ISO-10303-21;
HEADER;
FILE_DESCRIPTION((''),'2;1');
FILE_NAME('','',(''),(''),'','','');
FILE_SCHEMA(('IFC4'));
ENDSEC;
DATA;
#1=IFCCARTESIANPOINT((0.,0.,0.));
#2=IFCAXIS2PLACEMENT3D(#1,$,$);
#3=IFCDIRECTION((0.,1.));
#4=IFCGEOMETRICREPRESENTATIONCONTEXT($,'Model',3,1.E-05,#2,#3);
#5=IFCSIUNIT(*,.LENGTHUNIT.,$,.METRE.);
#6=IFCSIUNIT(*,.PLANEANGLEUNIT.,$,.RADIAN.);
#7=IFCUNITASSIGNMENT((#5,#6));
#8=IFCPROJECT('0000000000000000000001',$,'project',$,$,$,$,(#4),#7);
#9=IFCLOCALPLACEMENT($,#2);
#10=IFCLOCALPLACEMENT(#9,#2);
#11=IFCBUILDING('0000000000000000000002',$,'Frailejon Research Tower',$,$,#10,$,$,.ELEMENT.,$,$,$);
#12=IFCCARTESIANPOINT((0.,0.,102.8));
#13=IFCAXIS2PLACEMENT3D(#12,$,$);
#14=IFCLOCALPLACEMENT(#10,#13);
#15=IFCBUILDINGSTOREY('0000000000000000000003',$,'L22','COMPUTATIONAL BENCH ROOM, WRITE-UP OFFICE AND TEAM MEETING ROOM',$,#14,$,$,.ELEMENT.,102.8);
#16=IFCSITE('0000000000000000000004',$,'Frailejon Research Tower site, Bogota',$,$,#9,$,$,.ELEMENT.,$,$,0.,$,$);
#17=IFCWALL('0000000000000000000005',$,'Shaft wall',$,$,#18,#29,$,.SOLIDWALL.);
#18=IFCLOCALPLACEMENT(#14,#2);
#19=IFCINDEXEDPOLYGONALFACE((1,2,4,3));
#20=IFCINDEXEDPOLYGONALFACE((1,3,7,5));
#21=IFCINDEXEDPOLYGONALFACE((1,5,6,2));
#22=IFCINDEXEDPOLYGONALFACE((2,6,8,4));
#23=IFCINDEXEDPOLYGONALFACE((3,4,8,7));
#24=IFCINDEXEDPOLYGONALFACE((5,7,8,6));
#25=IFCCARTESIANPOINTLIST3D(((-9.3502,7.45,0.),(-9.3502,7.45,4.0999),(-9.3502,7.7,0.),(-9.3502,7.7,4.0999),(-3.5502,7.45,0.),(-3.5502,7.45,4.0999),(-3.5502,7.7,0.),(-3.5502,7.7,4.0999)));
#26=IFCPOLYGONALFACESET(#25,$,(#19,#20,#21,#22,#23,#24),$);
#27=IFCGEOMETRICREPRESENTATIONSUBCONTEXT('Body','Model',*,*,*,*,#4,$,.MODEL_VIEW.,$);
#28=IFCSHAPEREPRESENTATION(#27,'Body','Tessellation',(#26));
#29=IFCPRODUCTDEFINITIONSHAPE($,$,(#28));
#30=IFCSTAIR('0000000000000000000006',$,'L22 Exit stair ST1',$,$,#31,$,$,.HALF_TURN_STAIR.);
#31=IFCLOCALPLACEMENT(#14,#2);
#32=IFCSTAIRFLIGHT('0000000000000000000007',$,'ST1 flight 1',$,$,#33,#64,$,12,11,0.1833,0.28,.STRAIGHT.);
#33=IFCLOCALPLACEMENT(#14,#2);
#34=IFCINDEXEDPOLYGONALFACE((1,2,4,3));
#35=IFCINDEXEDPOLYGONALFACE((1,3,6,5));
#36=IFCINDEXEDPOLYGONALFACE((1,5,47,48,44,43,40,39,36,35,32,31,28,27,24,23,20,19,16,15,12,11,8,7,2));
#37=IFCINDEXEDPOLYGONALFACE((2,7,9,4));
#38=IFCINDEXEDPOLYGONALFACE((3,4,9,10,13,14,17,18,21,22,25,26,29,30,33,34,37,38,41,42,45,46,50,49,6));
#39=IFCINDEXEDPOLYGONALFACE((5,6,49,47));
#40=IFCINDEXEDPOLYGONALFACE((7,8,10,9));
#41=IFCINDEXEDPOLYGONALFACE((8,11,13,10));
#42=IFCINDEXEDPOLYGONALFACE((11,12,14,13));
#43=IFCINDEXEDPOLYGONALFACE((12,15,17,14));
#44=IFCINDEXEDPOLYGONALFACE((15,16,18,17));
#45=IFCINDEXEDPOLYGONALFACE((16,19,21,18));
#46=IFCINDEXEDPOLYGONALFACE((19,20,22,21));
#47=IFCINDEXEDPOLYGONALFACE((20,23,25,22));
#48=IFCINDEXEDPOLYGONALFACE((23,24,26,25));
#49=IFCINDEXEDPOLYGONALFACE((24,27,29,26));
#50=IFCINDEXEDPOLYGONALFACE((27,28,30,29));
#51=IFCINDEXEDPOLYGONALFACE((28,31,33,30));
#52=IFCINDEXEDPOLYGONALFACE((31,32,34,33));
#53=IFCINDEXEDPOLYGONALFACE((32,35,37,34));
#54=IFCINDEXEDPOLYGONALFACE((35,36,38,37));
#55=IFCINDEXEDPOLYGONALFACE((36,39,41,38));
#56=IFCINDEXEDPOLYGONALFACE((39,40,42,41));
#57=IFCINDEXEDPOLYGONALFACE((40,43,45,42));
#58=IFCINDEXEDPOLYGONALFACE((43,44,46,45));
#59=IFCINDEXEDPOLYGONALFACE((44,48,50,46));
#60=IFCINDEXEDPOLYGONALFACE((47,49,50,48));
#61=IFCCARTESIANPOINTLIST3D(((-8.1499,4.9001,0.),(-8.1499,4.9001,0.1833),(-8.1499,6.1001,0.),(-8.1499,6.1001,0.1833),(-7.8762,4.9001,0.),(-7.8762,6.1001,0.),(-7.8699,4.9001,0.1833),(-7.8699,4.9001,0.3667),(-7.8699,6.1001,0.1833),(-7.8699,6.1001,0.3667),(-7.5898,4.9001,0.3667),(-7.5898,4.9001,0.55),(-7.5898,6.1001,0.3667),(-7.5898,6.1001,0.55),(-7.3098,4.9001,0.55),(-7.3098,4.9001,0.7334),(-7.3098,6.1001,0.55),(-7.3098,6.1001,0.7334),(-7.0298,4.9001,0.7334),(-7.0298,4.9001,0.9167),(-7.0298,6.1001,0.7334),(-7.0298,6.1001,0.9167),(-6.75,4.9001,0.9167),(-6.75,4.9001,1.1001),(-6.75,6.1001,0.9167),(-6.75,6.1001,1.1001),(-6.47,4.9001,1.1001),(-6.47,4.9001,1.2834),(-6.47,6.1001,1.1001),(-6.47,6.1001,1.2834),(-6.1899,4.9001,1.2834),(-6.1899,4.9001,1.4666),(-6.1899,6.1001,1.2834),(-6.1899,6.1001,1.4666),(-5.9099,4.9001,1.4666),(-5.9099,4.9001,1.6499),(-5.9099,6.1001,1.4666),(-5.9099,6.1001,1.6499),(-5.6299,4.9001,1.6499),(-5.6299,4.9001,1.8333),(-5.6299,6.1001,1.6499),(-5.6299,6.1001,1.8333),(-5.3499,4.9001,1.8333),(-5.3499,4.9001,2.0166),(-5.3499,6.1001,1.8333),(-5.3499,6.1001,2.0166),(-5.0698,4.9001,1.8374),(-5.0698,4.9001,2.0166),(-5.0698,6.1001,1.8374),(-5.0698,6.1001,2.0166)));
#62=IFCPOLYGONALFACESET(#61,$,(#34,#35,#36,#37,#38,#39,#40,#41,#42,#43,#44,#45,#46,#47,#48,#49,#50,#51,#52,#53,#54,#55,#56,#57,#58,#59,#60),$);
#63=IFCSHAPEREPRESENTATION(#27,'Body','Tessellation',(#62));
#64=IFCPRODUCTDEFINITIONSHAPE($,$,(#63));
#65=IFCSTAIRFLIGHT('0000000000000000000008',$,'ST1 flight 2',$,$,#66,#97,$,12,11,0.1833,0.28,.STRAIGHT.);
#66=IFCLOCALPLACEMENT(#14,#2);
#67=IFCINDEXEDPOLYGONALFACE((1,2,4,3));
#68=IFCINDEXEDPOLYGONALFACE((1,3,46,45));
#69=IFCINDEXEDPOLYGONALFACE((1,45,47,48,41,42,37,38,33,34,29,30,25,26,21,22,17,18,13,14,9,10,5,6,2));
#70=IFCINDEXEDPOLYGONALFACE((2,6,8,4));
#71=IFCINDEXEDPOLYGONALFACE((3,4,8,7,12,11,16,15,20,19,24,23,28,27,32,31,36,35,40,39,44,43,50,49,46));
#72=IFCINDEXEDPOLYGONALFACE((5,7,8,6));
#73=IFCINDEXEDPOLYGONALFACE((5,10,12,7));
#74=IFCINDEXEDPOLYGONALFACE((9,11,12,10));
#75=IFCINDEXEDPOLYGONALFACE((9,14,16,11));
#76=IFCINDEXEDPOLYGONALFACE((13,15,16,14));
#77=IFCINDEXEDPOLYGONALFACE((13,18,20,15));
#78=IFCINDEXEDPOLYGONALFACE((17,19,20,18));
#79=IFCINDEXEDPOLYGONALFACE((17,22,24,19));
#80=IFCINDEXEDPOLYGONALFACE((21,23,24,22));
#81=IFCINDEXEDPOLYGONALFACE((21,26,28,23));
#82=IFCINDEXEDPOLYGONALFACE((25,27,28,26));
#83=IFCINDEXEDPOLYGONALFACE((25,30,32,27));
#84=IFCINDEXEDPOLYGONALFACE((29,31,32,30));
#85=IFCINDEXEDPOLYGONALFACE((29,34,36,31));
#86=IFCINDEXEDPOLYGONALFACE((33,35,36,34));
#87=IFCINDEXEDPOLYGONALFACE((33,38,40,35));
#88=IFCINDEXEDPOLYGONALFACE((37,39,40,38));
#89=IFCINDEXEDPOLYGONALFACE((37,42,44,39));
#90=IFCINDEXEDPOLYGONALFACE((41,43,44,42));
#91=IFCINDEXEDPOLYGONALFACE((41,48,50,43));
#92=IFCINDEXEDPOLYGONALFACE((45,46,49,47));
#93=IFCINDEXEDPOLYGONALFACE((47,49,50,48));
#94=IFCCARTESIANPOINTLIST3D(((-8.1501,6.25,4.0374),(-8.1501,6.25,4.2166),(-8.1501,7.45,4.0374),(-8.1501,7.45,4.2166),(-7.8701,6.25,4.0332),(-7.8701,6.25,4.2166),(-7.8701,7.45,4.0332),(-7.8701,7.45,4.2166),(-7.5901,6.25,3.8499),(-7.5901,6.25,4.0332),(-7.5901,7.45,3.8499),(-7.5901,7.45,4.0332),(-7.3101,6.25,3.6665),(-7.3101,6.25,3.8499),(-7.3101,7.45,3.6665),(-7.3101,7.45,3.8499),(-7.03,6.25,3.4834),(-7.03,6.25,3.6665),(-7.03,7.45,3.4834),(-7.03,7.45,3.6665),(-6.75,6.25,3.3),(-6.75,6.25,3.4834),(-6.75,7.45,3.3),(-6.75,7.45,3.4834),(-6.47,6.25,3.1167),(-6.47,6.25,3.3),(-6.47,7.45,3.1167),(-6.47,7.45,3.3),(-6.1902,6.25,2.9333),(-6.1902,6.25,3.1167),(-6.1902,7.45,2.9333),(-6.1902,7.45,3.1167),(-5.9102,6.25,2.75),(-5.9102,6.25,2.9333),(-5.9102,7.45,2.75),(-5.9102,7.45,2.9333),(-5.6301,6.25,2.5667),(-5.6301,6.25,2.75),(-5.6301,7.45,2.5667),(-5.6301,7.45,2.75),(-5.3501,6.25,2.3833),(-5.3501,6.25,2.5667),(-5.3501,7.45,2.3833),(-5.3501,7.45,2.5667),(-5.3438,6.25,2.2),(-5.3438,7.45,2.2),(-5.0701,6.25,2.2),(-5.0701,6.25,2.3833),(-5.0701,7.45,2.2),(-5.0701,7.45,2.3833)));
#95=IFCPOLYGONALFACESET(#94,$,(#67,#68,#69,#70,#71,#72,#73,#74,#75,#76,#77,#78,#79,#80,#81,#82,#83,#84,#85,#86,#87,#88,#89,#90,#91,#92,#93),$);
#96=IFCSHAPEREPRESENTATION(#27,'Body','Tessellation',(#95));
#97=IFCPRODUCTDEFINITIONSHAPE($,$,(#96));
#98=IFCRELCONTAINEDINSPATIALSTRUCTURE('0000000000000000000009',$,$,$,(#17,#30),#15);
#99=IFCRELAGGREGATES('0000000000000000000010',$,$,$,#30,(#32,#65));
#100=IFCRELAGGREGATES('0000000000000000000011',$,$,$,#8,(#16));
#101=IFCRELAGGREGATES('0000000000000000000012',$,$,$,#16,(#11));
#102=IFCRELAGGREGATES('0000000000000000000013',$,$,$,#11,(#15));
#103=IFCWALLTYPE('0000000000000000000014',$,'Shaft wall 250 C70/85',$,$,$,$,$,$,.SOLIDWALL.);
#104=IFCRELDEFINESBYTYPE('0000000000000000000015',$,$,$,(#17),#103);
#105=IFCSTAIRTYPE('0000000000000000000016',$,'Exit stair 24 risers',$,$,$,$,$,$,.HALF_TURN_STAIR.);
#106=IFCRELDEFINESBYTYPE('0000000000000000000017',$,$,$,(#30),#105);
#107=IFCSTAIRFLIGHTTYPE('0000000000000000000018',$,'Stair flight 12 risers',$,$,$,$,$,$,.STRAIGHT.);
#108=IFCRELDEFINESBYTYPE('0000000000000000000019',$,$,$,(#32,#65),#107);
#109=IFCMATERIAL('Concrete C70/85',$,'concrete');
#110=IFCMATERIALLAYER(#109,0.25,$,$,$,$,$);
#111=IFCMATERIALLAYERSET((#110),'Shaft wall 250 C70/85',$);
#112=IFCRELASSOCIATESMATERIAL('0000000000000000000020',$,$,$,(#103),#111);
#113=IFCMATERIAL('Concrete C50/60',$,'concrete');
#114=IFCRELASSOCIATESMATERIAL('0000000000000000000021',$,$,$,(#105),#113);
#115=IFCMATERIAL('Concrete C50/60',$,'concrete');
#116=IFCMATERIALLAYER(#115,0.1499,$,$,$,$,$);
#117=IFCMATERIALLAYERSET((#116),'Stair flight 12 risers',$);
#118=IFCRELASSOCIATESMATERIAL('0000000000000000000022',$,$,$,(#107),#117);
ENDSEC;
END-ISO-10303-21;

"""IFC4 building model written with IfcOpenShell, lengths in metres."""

from ifc_helpers import new_model, si_unit, direction, frame, frame_2d, origin, place, context, subcontext, project, spatial, polyline, rectangle, outline, extrude, material, layer, layer_set, type_object, element, aggregate, save


model = new_model("IFC4")

# Units and contexts
model_context = context("Model", 3, precision=1e-05, world=origin(), true_north=direction((0.0, 1.0)))
body_context = subcontext(model_context, "Body", "Model", "MODEL_VIEW")
ifc_project = project(units=[si_unit("LENGTHUNIT", "METRE"), si_unit("PLANEANGLEUNIT", "RADIAN")], contexts=[model_context])

# Site, building, storey
site_placement = place(None, origin())
site = spatial("IfcSite", under=ifc_project, at=site_placement, Name="Frailejon Research Tower site, Bogota", CompositionType="ELEMENT", RefElevation=0.0)
building_placement = place(site_placement, origin())
building = spatial("IfcBuilding", under=site, at=building_placement, Name="Frailejon Research Tower", CompositionType="ELEMENT")
storey_placement = place(building_placement, frame((0.0, 0.0, 102.8)))
storey = spatial("IfcBuildingStorey", under=building, at=storey_placement, Name="L22", Description="COMPUTATIONAL BENCH ROOM, WRITE-UP OFFICE AND TEAM MEETING ROOM", CompositionType="ELEMENT", Elevation=102.8)

# Wall
ifc_material_1 = material(Name="Concrete C70/85", Category="concrete")
ifc_layer_1 = layer(ifc_material_1, 0.25)
ifc_layer_set_1 = layer_set([ifc_layer_1], Name="Shaft wall 250 C70/85")
wall_type_1 = type_object("IfcWallType", Name="Shaft wall 250 C70/85", PredefinedType="SOLIDWALL", material=ifc_layer_set_1)
wall_1_placement = place(storey_placement, frame((-9.3501, 7.575, 0.0), z_axis=(0.0, 0.0, 1.0), x_axis=(1.0, 0.0, 0.0)))
element("IfcWall", 1, at=wall_1_placement, inside=storey, type_object=wall_type_1, Name="Shaft wall", PredefinedType="SOLIDWALL", context=body_context, shape_type="SweptSolid", body=[
    extrude(rectangle(XDim=5.8, YDim=0.25, at=frame_2d((2.8999, 0.0))), origin(), (0.0, 0.0, 1.0), 4.0999),
])

# Stair, stair flights
ifc_material_2 = material(Name="Concrete C50/60", Category="concrete")
stair_type = type_object("IfcStairType", Name="Exit stair 24 risers", PredefinedType="HALF_TURN_STAIR", material=ifc_material_2)
stair_placement = place(storey_placement, origin())
stair = element("IfcStair", 2, at=stair_placement, inside=storey, type_object=stair_type, Name="L22 Exit stair ST1", PredefinedType="HALF_TURN_STAIR")
ifc_material_3 = material(Name="Concrete C50/60", Category="concrete")
ifc_layer_2 = layer(ifc_material_3, 0.1499)
ifc_layer_set_2 = layer_set([ifc_layer_2], Name="Stair flight 12 risers")
stair_flight_type = type_object("IfcStairFlightType", Name="Stair flight 12 risers", PredefinedType="STRAIGHT", material=ifc_layer_set_2)
stair_flight_1_placement = place(storey_placement, frame((-8.1499, 5.5, 0.0), z_axis=(0.0, 0.0, 1.0), x_axis=(1.0, 0.0, 0.0)))
stair_flight_1 = element("IfcStairFlight", 3, at=stair_flight_1_placement, type_object=stair_flight_type, Name="ST1 flight 1", NumberOfRisers=12, NumberOfTreads=11, PredefinedType="STRAIGHT", RiserHeight=0.1833, TreadLength=0.28, context=body_context, shape_type="SweptSolid", body=[
    extrude(outline(polyline([(0.0, 0.0), (0.0, 0.1833), (0.28, 0.1833), (0.28, 0.3667), (0.5601, 0.3667), (0.5601, 0.55), (0.8401, 0.55), (0.8401, 0.7334), (1.1201, 0.7334), (1.1201, 0.9167), (1.3999, 0.9167), (1.3999, 1.1001), (1.6799, 1.1001), (1.6799, 1.2834), (1.96, 1.2834), (1.96, 1.4666), (2.24, 1.4666), (2.24, 1.6499), (2.52, 1.6499), (2.52, 1.8333), (2.8, 1.8333), (2.8, 2.0166), (3.0801, 2.0166), (3.0801, 2.2), (3.0801, 1.8374), (0.2737, 0.0), (0.0, 0.0)])), frame((0.0, 0.6001, 0.0), z_axis=(0.0, -1.0, 0.0), x_axis=(1.0, 0.0, 0.0)), (0.0, 0.0, 1.0), 1.2),
])
stair_flight_2_placement = place(storey_placement, frame((-5.0701, 6.8501, 2.2), z_axis=(0.0, 0.0, 1.0), x_axis=(-1.0, 0.0, 0.0)))
stair_flight_2 = element("IfcStairFlight", 4, at=stair_flight_2_placement, type_object=stair_flight_type, Name="ST1 flight 2", NumberOfRisers=12, NumberOfTreads=11, PredefinedType="STRAIGHT", RiserHeight=0.1833, TreadLength=0.28, context=body_context, shape_type="SweptSolid", body=[
    extrude(outline(polyline([(0.0, 0.0), (0.0, 0.1833), (0.28, 0.1833), (0.28, 0.3667), (0.5601, 0.3667), (0.5601, 0.55), (0.8401, 0.55), (0.8401, 0.7334), (1.1201, 0.7334), (1.1201, 0.9167), (1.3999, 0.9167), (1.3999, 1.1001), (1.6799, 1.1001), (1.6799, 1.2834), (1.96, 1.2834), (1.96, 1.4666), (2.24, 1.4666), (2.24, 1.6499), (2.52, 1.6499), (2.52, 1.8333), (2.8, 1.8333), (2.8, 2.0166), (3.0801, 2.0166), (3.0801, 2.2), (3.0801, 1.8374), (0.2737, 0.0), (0.0, 0.0)])), frame((0.0, 0.6001, 0.0), z_axis=(0.0, -1.0, 0.0), x_axis=(1.0, 0.0, 0.0)), (0.0, 0.0, 1.0), 1.2),
])
aggregate(stair, [stair_flight_1, stair_flight_2])

save(model, "model.ifc")
